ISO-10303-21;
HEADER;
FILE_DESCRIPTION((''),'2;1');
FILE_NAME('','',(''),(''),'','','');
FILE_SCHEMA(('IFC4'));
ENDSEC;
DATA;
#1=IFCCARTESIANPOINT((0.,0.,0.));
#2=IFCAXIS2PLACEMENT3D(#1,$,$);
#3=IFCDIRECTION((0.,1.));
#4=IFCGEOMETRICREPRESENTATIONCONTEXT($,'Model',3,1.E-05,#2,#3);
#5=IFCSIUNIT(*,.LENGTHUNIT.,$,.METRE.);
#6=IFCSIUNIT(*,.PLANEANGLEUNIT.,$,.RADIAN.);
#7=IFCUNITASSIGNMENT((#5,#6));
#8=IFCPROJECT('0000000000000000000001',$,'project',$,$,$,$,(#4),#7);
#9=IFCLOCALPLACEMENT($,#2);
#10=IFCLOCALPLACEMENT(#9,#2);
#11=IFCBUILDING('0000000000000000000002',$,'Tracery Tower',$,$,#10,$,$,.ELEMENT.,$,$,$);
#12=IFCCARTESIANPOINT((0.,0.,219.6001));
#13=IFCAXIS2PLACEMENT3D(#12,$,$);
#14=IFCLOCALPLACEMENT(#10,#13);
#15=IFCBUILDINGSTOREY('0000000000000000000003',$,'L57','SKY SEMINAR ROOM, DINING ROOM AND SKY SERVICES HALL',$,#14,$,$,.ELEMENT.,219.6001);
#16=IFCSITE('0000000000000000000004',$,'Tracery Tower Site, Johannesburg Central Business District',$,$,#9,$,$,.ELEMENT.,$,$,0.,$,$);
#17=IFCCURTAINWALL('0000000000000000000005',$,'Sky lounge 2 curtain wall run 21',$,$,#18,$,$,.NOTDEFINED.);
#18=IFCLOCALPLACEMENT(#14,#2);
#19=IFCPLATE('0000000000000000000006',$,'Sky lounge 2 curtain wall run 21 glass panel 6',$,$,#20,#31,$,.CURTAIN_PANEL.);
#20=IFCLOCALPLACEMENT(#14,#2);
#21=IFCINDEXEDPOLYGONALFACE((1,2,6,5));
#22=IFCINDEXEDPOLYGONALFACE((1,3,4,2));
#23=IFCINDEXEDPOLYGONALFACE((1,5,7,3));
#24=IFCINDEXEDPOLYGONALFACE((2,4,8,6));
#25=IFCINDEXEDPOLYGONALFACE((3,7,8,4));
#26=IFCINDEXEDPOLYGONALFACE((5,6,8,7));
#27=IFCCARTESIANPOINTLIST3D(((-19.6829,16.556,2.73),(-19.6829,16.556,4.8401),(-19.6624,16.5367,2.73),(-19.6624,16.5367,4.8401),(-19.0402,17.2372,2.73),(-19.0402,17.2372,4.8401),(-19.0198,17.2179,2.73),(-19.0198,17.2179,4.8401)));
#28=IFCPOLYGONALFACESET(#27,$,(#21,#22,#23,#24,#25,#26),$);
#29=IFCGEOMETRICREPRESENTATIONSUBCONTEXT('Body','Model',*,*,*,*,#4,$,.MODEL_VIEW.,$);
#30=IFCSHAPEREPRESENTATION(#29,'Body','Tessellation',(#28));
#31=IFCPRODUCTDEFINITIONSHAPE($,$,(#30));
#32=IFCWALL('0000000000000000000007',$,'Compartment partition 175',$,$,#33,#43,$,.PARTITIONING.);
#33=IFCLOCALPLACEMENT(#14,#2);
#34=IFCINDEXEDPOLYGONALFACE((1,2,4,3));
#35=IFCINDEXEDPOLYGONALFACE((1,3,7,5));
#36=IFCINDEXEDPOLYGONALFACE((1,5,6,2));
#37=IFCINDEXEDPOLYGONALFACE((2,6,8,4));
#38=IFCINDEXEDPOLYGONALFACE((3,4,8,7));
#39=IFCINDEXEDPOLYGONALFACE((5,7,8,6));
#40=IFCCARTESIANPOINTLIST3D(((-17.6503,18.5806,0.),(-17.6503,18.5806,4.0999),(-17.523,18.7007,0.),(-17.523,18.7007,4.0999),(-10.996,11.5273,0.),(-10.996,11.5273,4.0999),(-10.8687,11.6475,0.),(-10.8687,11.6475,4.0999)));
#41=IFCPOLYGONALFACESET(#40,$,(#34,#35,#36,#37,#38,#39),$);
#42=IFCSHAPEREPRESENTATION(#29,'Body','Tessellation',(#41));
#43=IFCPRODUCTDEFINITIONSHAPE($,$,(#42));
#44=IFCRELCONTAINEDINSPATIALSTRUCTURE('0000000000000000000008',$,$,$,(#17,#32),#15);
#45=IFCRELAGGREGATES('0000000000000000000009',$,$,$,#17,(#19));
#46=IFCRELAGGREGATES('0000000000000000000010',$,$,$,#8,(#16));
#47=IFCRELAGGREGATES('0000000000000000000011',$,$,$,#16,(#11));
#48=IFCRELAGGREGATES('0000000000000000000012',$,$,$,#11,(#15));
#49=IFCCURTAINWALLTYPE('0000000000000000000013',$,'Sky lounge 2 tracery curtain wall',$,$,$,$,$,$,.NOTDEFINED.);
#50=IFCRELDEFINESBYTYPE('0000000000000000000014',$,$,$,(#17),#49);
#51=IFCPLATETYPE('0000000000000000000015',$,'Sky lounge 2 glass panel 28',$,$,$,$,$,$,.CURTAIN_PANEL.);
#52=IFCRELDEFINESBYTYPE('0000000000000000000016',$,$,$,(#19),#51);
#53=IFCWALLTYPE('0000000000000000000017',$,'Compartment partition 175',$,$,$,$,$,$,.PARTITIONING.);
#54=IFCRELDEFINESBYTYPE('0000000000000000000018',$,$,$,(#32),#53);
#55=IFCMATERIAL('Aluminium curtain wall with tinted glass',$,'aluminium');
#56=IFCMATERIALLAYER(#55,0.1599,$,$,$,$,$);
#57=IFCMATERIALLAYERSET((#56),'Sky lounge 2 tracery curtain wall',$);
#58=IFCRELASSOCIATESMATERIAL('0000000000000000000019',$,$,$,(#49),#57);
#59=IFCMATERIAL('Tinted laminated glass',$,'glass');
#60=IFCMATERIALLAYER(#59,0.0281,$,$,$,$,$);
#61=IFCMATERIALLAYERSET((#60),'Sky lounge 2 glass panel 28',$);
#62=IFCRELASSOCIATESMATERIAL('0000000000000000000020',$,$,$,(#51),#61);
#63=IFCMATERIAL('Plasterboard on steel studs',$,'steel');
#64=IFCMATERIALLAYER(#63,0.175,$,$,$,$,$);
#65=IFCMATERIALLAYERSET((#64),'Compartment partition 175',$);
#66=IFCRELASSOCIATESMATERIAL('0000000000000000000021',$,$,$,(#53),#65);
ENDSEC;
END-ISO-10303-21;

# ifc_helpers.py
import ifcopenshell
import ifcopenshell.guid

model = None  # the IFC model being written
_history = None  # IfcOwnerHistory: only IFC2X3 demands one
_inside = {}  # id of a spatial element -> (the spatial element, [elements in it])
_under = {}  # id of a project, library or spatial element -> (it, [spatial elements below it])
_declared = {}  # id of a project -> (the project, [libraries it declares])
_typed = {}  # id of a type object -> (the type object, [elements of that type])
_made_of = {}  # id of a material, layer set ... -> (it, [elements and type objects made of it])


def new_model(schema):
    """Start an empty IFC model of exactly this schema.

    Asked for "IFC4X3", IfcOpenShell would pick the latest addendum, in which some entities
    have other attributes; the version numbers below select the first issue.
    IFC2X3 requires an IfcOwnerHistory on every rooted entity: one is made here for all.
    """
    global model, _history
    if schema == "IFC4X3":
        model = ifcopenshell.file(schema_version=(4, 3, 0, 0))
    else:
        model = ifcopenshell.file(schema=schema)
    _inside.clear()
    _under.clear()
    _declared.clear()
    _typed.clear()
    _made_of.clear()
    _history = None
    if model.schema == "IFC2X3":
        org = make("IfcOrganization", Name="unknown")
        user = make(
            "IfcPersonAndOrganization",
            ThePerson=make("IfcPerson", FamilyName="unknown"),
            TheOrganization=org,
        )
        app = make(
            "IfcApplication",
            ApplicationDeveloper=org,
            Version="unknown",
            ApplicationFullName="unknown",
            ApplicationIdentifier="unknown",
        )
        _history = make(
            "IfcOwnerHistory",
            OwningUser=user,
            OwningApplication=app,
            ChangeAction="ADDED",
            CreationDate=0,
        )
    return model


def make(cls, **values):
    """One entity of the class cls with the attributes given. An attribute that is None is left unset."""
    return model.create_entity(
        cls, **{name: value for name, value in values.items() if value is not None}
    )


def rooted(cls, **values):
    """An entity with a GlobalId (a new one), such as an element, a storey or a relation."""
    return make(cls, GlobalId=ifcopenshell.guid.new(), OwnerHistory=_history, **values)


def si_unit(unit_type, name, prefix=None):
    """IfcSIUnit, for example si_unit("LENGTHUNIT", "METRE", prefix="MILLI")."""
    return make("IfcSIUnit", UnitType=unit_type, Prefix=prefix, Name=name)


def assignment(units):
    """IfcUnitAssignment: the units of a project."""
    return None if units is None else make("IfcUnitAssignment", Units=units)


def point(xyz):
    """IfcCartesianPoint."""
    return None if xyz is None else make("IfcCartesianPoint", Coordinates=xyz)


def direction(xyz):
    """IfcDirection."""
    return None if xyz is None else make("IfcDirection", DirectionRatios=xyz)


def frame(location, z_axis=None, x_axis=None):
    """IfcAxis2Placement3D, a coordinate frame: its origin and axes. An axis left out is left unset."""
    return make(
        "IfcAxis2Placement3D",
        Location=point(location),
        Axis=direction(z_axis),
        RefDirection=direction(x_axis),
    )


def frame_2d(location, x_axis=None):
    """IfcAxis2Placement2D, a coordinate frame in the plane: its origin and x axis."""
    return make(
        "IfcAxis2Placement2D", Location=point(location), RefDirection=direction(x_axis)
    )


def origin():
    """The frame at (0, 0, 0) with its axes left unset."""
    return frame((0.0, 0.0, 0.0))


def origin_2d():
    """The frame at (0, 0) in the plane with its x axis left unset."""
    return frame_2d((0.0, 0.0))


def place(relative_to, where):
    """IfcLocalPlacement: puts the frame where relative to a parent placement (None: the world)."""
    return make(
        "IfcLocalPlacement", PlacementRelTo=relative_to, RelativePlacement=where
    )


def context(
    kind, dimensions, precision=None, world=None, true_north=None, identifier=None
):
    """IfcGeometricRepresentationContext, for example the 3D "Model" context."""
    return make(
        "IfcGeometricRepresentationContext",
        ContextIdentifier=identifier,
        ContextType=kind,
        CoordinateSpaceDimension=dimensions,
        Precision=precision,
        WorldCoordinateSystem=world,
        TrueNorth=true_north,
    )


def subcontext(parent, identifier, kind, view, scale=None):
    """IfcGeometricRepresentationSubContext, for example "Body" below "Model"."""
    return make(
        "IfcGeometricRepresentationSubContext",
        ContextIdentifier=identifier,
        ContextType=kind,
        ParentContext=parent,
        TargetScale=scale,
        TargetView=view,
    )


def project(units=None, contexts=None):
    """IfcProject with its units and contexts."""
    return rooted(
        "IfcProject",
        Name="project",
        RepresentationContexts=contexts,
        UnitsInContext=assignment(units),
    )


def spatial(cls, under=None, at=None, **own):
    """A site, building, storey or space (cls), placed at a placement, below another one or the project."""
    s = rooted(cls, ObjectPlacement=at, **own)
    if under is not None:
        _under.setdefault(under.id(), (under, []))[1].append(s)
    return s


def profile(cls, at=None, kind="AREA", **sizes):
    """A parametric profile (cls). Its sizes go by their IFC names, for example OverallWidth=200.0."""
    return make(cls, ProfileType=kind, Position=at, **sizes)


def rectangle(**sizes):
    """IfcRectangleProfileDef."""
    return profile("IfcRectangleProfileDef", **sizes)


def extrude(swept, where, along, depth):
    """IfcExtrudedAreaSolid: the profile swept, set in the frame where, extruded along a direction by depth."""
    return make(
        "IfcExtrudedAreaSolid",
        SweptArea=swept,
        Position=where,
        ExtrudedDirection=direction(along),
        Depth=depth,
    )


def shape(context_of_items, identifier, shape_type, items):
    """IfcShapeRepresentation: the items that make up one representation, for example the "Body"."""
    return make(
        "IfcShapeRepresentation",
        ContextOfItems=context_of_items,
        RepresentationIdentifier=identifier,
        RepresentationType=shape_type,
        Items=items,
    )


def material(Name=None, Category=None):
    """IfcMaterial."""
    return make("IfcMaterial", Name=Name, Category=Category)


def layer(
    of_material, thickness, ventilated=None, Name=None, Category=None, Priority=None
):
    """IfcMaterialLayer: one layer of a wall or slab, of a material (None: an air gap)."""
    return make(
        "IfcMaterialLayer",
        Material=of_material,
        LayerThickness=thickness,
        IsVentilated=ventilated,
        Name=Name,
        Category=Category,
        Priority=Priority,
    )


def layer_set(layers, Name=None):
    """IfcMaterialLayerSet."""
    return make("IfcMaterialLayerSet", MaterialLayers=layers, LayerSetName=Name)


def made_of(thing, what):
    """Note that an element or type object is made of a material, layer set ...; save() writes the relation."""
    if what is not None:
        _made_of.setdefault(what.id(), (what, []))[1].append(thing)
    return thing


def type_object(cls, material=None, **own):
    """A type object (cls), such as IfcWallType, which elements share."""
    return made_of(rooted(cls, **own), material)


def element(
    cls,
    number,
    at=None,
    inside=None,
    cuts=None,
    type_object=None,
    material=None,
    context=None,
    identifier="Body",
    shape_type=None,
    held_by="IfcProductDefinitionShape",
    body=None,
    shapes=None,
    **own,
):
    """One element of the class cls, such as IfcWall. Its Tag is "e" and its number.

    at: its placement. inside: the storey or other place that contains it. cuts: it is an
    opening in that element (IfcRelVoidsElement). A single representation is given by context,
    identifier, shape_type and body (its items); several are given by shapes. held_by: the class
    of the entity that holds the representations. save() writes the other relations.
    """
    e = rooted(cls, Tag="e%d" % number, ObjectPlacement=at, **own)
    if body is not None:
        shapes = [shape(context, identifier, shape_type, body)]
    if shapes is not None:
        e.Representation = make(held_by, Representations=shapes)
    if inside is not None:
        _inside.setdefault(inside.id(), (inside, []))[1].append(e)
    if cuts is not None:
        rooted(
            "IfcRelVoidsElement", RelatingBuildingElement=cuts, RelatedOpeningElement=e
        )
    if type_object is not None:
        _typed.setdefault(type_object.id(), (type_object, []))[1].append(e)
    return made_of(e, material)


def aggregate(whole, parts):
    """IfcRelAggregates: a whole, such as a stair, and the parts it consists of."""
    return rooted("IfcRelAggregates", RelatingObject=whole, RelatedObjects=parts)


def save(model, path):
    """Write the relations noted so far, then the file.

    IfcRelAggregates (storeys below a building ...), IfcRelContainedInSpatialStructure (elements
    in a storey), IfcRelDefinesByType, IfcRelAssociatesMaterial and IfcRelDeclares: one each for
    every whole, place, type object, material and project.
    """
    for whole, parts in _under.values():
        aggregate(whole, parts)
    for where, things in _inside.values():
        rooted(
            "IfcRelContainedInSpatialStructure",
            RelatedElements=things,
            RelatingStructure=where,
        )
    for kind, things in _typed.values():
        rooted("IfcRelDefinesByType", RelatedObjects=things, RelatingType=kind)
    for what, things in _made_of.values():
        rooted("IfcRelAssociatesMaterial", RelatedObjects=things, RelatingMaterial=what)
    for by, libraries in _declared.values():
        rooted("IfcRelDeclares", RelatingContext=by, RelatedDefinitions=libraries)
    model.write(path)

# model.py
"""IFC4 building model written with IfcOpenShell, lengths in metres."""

from ifc_helpers import new_model, si_unit, direction, frame, frame_2d, origin, origin_2d, place, context, subcontext, project, spatial, rectangle, extrude, material, layer, layer_set, type_object, element, aggregate, save


model = new_model("IFC4")

# Units and contexts
model_context = context("Model", 3, precision=1e-05, world=origin(), true_north=direction((0.0, 1.0)))
body_context = subcontext(model_context, "Body", "Model", "MODEL_VIEW")
ifc_project = project(units=[si_unit("LENGTHUNIT", "METRE"), si_unit("PLANEANGLEUNIT", "RADIAN")], contexts=[model_context])

# Site, building, storey
site_placement = place(None, origin())
site = spatial("IfcSite", under=ifc_project, at=site_placement, Name="Tracery Tower Site, Johannesburg Central Business District", CompositionType="ELEMENT", RefElevation=0.0)
building_placement = place(site_placement, origin())
building = spatial("IfcBuilding", under=site, at=building_placement, Name="Tracery Tower", CompositionType="ELEMENT")
storey_placement = place(building_placement, frame((0.0, 0.0, 219.6001)))
storey = spatial("IfcBuildingStorey", under=building, at=storey_placement, Name="L57", Description="SKY SEMINAR ROOM, DINING ROOM AND SKY SERVICES HALL", CompositionType="ELEMENT", Elevation=219.6001)

# Curtain wall
ifc_material_1 = material(Name="Aluminium curtain wall with tinted glass", Category="aluminium")
ifc_layer_1 = layer(ifc_material_1, 0.1599)
ifc_layer_set_1 = layer_set([ifc_layer_1], Name="Sky lounge 2 tracery curtain wall")
curtain_wall_type = type_object("IfcCurtainWallType", Name="Sky lounge 2 tracery curtain wall", PredefinedType="NOTDEFINED", material=ifc_layer_set_1)
curtain_wall_1_placement = place(storey_placement, origin())
curtain_wall_1 = element("IfcCurtainWall", 1, at=curtain_wall_1_placement, inside=storey, type_object=curtain_wall_type, Name="Sky lounge 2 curtain wall run 21", PredefinedType="NOTDEFINED")

# Plate
ifc_material_2 = material(Name="Tinted laminated glass", Category="glass")
ifc_layer_2 = layer(ifc_material_2, 0.0281)
ifc_layer_set_2 = layer_set([ifc_layer_2], Name="Sky lounge 2 glass panel 28")
plate_type = type_object("IfcPlateType", Name="Sky lounge 2 glass panel 28", PredefinedType="CURTAIN_PANEL", material=ifc_layer_set_2)
plate_1_placement = place(storey_placement, frame((-19.3513, 16.887, 2.73), z_axis=(0.0, 0.0, 1.0), x_axis=(-0.686242, -0.727374, 0.0)))
plate_1 = element("IfcPlate", 2, at=plate_1_placement, type_object=plate_type, Name="Sky lounge 2 curtain wall run 21 glass panel 6", PredefinedType="CURTAIN_PANEL", context=body_context, shape_type="SweptSolid", body=[
    extrude(rectangle(XDim=0.9365, YDim=0.0281, at=origin_2d()), origin(), (0.0, 0.0, 1.0), 2.1101),
])
aggregate(curtain_wall_1, [plate_1])

# Wall
ifc_material_3 = material(Name="Plasterboard on steel studs", Category="steel")
ifc_layer_3 = layer(ifc_material_3, 0.175)
ifc_layer_set_3 = layer_set([ifc_layer_3], Name="Compartment partition 175")
wall_type = type_object("IfcWallType", Name="Compartment partition 175", PredefinedType="PARTITIONING", material=ifc_layer_set_3)
wall_placement = place(storey_placement, frame((-17.5867, 18.6406, 0.0), z_axis=(0.0, 0.0, 1.0), x_axis=(0.686238, -0.727378, 0.0)))
element("IfcWall", 3, at=wall_placement, inside=storey, type_object=wall_type, Name="Compartment partition 175", PredefinedType="PARTITIONING", context=body_context, shape_type="SweptSolid", body=[
    extrude(rectangle(XDim=9.6968, YDim=0.175, at=frame_2d((4.8484, 0.0))), origin(), (0.0, 0.0, 1.0), 4.0999),
])

save(model, "model.ifc")
